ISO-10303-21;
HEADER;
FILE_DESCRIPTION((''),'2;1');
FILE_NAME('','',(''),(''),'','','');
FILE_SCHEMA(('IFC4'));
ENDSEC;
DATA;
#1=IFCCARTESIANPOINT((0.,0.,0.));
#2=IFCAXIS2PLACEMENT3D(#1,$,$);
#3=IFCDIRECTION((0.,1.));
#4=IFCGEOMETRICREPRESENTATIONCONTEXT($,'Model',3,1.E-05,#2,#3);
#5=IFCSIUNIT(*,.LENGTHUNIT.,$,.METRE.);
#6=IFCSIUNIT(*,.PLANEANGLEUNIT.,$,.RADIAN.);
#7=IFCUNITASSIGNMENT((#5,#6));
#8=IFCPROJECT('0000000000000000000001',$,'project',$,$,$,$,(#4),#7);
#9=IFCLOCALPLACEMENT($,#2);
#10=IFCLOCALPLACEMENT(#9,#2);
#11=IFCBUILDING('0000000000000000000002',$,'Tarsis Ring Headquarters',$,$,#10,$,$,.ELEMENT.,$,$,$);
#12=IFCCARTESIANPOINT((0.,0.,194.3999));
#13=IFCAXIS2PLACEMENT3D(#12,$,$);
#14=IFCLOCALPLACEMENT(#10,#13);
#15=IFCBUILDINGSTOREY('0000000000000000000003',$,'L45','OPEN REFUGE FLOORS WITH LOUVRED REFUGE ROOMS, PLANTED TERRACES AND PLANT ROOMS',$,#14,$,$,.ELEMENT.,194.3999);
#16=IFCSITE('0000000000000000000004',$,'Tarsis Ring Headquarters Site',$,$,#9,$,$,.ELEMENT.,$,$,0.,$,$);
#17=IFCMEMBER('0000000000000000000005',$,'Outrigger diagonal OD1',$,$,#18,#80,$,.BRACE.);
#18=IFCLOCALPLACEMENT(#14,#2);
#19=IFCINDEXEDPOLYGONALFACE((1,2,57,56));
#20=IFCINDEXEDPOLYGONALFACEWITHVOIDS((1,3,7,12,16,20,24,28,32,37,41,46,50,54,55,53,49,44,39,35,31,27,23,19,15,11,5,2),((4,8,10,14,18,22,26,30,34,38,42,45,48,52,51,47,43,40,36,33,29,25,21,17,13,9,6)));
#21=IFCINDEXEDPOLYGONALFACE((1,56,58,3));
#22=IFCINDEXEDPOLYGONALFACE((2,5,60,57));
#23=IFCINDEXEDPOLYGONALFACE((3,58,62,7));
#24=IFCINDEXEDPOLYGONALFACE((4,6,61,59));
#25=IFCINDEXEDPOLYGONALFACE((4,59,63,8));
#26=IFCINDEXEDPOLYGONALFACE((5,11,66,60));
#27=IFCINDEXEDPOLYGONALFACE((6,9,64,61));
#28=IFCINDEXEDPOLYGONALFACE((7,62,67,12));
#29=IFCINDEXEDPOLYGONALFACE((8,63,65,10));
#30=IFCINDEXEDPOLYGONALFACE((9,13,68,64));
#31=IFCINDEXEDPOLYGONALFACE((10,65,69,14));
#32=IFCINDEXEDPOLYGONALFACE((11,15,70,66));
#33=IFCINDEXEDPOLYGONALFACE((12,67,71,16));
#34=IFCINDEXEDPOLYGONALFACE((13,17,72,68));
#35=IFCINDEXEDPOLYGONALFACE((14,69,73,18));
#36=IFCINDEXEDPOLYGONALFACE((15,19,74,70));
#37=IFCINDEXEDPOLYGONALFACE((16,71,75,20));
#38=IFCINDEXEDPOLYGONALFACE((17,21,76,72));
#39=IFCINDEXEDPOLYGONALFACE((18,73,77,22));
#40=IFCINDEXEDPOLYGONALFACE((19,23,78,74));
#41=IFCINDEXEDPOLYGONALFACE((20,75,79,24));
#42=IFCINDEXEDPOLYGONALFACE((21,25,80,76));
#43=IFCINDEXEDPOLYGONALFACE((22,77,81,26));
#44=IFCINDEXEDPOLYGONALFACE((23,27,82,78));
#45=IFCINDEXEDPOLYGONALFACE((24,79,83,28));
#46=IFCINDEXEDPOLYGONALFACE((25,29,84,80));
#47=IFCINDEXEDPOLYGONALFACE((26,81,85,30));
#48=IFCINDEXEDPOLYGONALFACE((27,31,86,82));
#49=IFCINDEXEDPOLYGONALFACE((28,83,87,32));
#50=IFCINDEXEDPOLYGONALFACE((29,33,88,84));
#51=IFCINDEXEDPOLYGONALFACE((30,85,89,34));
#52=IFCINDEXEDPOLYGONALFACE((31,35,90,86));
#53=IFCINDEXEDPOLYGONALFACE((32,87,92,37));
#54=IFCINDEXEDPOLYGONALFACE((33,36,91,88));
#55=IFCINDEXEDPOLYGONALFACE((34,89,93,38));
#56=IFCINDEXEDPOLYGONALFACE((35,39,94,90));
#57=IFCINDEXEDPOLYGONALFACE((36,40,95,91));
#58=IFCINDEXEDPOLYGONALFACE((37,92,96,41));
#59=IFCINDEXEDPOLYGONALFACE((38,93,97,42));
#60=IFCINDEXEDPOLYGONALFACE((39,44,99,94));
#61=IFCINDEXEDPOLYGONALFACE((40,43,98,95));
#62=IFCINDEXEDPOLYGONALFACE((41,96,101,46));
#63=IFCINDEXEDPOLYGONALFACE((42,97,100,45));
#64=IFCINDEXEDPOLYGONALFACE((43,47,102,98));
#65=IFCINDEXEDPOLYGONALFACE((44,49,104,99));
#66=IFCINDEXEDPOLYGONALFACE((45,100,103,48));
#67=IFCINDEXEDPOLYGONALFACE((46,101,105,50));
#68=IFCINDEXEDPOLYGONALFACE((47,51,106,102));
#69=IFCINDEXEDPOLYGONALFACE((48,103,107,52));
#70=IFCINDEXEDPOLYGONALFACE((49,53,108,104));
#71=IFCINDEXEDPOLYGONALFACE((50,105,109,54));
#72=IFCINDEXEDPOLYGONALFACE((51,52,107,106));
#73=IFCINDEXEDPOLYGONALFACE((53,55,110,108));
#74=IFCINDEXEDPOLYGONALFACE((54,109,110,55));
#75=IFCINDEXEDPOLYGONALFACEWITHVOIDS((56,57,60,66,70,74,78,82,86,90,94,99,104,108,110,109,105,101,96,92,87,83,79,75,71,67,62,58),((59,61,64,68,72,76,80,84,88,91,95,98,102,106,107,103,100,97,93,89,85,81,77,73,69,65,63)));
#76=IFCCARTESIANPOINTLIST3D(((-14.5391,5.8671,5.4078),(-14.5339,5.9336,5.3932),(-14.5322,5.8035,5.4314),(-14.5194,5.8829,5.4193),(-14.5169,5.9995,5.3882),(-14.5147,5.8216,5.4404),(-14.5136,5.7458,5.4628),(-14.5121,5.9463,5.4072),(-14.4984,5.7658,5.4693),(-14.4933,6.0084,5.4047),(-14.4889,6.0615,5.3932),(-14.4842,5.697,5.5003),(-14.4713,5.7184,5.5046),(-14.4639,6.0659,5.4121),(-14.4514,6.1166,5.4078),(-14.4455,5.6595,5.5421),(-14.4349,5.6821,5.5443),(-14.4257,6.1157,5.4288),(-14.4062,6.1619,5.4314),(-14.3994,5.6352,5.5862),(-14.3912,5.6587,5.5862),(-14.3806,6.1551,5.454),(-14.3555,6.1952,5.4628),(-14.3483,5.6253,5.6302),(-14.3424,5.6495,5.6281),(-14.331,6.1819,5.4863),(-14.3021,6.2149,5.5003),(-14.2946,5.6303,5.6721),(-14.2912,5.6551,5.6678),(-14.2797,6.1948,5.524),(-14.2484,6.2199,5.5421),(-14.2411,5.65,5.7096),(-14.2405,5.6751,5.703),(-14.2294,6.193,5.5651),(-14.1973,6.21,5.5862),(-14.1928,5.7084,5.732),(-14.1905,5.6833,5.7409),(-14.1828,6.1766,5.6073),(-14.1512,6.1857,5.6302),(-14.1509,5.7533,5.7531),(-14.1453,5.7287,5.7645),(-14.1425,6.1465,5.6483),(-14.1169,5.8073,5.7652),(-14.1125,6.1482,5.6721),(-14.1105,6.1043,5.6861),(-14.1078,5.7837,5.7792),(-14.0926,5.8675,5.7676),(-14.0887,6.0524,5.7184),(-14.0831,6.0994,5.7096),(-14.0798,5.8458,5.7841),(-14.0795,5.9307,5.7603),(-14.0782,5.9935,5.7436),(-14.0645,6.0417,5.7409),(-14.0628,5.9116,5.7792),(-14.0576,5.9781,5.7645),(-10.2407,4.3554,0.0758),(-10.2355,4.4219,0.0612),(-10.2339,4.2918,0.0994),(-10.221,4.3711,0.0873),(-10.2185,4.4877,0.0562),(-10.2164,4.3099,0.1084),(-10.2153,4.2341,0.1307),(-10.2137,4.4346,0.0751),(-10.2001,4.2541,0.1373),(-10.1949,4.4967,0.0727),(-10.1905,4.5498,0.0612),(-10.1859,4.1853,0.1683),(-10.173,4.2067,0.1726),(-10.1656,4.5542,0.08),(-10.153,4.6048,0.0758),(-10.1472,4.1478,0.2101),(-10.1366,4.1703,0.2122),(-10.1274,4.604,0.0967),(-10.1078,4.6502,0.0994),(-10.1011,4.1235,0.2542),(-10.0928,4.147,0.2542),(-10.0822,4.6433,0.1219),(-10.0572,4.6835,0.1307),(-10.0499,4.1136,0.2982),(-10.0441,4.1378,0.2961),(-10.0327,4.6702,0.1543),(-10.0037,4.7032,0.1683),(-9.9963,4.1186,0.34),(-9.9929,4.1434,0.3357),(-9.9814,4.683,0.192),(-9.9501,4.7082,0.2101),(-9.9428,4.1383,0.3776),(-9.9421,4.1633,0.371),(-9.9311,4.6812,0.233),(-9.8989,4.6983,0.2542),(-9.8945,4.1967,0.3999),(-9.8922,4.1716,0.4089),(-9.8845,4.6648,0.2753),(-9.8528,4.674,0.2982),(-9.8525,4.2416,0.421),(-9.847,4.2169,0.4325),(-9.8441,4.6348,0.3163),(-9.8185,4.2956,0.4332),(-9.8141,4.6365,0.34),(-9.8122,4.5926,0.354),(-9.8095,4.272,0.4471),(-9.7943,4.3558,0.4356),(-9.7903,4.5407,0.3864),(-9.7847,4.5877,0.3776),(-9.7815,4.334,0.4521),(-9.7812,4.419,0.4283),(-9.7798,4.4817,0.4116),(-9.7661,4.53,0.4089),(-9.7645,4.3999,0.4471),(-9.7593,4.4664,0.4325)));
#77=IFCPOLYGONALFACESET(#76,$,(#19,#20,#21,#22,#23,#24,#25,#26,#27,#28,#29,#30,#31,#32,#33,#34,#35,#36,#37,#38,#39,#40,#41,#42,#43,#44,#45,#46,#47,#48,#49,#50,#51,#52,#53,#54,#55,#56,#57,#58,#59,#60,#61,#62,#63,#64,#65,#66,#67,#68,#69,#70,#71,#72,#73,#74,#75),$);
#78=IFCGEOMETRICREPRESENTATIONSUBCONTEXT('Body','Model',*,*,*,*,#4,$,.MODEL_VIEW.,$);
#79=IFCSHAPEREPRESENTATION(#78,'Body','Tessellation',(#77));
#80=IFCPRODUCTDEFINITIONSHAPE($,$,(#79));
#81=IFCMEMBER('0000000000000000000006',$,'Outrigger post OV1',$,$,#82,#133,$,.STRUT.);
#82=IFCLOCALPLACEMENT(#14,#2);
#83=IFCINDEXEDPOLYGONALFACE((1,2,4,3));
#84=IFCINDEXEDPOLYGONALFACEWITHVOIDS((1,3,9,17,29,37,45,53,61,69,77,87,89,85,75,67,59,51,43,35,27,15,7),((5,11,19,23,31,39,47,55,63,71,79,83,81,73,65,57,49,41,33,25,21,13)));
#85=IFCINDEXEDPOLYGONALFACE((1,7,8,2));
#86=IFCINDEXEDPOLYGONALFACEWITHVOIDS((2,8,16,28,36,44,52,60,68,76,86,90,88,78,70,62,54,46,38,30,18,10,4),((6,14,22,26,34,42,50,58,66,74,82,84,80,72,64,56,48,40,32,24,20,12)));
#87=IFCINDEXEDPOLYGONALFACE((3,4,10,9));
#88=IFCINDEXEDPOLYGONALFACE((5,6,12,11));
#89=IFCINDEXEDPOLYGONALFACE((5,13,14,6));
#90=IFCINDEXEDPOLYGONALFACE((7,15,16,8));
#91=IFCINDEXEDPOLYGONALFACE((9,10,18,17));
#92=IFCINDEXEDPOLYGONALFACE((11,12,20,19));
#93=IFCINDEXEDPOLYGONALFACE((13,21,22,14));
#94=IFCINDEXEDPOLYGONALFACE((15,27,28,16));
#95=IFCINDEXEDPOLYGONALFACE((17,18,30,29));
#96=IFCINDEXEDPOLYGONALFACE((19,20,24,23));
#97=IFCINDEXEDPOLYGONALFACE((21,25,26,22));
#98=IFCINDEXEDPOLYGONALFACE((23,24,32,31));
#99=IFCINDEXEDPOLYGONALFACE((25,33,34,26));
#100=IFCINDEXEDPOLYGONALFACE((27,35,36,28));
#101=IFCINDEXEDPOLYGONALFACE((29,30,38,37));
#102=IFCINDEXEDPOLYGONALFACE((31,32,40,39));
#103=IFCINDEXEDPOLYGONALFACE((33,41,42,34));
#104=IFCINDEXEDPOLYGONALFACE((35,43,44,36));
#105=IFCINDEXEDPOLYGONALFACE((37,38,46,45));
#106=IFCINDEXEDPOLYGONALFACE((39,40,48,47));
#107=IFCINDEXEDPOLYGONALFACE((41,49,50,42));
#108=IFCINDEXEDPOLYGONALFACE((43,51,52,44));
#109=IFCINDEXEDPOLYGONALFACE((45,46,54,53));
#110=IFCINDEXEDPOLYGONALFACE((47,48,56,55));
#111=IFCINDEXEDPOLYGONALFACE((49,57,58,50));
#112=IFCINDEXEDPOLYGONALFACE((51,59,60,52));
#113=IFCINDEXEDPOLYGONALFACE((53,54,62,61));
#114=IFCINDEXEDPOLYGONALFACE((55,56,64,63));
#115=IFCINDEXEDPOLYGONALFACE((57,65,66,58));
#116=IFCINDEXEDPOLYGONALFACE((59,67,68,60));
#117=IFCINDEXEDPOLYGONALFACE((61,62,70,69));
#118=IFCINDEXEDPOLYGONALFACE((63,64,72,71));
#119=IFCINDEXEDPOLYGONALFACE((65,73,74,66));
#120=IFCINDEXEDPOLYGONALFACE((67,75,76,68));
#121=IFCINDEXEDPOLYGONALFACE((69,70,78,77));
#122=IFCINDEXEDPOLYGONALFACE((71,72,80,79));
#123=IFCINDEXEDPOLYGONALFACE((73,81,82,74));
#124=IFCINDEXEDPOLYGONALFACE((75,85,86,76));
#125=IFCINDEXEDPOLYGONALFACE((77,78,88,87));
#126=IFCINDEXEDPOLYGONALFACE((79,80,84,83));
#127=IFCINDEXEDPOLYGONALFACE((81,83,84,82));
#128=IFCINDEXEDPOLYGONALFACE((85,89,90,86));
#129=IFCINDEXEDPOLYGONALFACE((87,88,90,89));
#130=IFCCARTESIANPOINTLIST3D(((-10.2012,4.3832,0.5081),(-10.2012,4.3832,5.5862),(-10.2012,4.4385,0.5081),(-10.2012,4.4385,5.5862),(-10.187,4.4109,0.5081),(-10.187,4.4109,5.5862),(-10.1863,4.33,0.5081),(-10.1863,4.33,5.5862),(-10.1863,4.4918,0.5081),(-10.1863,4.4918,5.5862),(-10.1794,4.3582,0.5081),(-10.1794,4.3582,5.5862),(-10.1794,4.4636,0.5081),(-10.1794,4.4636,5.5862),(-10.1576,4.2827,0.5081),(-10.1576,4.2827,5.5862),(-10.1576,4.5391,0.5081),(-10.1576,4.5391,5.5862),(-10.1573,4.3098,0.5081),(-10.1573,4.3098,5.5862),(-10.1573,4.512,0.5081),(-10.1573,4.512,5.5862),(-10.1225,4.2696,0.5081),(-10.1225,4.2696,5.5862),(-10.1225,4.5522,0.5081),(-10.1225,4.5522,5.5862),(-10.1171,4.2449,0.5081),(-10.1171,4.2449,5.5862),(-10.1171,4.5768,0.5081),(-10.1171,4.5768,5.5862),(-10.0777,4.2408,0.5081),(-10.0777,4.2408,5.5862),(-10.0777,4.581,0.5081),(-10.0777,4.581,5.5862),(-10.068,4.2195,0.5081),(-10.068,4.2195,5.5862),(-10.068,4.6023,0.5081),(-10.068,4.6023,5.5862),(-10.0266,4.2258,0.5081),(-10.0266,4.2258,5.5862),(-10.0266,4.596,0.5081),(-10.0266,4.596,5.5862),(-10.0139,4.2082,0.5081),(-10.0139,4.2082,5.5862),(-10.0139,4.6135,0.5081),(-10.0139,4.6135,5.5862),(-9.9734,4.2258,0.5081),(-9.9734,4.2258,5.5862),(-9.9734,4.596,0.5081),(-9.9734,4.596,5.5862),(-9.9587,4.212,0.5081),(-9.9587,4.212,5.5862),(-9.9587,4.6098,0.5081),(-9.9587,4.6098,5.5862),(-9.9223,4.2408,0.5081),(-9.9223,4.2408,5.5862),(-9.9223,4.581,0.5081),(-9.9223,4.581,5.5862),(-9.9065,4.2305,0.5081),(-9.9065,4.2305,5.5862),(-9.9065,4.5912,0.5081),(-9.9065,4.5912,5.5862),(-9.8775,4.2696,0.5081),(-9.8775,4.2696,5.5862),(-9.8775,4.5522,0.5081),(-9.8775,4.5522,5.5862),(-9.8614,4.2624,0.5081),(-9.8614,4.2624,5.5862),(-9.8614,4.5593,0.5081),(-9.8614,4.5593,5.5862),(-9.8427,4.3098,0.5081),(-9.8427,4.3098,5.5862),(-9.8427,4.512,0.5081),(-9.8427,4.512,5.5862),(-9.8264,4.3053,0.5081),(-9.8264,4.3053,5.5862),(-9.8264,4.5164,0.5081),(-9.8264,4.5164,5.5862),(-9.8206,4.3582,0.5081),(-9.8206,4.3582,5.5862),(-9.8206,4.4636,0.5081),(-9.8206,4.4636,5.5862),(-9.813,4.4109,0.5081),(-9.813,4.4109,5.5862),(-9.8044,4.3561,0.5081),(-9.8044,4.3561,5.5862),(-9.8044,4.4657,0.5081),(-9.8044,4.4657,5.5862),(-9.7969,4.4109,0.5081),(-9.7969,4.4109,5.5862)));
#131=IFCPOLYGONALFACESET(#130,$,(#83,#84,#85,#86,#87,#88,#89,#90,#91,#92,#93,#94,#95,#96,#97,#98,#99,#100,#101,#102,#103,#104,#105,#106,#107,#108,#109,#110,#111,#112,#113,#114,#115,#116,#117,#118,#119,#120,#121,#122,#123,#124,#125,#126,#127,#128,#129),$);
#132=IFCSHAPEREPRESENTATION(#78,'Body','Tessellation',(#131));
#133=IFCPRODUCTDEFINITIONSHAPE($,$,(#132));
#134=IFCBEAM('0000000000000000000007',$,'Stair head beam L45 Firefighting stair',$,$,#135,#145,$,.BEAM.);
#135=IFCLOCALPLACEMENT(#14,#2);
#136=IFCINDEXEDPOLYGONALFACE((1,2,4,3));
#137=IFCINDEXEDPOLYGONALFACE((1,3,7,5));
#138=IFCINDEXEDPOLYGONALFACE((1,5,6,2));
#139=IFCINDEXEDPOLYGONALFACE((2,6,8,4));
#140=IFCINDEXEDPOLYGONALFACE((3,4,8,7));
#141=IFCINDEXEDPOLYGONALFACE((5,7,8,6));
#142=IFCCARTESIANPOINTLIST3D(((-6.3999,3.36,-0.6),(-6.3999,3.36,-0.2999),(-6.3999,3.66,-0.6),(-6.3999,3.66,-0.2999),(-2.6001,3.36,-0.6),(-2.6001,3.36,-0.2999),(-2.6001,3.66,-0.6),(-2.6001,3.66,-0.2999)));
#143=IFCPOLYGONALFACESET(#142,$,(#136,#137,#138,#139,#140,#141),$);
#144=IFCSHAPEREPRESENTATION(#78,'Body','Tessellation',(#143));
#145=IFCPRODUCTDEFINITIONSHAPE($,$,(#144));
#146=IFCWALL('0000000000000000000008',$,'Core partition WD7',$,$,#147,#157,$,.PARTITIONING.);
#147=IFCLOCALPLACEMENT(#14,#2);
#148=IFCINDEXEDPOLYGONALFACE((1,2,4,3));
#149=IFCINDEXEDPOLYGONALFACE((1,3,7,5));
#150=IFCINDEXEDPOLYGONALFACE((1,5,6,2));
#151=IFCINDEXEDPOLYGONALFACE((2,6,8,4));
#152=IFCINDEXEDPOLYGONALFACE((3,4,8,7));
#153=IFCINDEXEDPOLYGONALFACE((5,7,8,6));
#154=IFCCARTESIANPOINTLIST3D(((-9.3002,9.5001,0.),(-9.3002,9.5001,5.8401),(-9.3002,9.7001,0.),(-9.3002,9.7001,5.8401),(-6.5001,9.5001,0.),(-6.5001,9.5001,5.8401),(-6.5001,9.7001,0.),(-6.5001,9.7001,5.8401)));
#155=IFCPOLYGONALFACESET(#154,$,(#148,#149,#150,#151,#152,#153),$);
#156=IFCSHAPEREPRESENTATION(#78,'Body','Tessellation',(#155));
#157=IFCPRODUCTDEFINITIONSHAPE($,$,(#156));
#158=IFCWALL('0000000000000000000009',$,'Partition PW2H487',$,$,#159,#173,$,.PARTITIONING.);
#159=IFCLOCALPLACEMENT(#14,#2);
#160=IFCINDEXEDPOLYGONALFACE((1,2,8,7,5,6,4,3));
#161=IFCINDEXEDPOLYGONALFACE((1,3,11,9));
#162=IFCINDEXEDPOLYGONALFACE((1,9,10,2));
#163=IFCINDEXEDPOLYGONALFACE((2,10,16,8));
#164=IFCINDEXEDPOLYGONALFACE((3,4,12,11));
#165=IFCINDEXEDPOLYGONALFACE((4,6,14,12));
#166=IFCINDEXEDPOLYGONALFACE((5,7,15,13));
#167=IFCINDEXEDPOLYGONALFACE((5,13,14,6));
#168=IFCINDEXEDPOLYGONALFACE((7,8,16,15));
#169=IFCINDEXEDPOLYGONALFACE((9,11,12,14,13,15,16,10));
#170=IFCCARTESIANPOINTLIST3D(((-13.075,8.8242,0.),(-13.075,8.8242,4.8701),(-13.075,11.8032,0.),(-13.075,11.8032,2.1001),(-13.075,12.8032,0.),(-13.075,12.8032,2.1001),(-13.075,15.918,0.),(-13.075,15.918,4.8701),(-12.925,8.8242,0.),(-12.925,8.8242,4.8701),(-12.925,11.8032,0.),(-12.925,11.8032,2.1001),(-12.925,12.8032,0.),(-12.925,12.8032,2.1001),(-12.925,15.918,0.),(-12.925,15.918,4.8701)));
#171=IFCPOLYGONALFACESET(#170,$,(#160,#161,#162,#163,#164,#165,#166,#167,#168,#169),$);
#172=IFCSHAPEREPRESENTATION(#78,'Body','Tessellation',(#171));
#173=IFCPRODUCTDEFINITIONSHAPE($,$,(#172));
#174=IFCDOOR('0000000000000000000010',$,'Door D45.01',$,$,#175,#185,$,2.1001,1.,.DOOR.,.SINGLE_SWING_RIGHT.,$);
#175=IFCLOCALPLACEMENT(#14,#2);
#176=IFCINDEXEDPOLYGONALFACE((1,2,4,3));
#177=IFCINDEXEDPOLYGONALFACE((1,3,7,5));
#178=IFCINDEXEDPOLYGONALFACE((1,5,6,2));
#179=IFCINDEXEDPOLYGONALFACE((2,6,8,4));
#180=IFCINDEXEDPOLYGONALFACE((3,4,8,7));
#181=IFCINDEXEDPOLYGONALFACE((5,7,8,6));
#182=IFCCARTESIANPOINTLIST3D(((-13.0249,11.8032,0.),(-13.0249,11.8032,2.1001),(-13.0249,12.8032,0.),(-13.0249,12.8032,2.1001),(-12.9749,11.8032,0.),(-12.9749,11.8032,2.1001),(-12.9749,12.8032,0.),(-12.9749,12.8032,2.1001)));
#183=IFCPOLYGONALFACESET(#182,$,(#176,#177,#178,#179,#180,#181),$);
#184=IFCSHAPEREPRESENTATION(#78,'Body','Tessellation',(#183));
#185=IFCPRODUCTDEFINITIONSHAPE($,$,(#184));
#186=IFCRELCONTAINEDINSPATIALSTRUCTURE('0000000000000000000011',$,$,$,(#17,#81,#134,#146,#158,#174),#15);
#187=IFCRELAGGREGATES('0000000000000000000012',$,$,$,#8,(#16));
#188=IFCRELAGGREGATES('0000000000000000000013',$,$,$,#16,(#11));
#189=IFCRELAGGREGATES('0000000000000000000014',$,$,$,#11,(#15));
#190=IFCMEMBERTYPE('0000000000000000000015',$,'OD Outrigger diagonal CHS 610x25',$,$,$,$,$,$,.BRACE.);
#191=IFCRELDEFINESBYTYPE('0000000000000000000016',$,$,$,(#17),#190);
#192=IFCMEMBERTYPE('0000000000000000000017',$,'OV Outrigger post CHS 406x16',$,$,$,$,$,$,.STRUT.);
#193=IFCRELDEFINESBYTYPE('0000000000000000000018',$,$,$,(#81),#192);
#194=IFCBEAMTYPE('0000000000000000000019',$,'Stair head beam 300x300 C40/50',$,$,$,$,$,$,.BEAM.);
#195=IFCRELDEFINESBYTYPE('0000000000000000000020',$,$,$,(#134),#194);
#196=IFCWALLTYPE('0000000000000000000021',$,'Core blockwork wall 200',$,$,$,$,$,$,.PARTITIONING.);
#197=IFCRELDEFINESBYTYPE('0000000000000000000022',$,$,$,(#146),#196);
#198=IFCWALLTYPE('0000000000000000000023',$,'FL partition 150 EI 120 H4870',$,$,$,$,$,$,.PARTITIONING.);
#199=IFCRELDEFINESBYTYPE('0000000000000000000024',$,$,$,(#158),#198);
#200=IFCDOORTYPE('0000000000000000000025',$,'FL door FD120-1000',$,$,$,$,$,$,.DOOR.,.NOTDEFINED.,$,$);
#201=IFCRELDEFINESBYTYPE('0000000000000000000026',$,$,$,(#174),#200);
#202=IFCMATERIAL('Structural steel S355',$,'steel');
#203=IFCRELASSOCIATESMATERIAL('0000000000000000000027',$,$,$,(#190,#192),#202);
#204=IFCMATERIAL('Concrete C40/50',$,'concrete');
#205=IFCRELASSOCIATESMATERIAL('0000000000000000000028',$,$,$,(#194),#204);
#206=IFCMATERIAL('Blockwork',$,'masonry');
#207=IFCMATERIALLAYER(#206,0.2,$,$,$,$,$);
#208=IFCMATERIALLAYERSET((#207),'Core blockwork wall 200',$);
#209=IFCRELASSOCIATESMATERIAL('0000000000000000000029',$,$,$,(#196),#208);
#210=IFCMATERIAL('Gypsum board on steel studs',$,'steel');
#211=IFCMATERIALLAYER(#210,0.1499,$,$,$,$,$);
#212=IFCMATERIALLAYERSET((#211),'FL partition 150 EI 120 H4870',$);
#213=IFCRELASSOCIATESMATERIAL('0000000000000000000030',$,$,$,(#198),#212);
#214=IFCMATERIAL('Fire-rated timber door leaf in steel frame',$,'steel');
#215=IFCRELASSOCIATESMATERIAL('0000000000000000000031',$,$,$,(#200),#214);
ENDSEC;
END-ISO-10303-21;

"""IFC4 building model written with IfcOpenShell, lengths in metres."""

from ifc_helpers import new_model, si_unit, direction, frame, frame_2d, origin, origin_2d, place, context, subcontext, project, spatial, rectangle, hollow_circle, extrude, material, layer, layer_set, material_profile, profile_set, type_object, element, fill, save


model = new_model("IFC4")

# Units and contexts
model_context = context("Model", 3, precision=1e-05, world=origin(), true_north=direction((0.0, 1.0)))
body_context = subcontext(model_context, "Body", "Model", "MODEL_VIEW")
ifc_project = project(units=[si_unit("LENGTHUNIT", "METRE"), si_unit("PLANEANGLEUNIT", "RADIAN")], contexts=[model_context])

# Site, building, storey
site_placement = place(None, origin())
site = spatial("IfcSite", under=ifc_project, at=site_placement, Name="Tarsis Ring Headquarters Site", CompositionType="ELEMENT", RefElevation=0.0)
building_placement = place(site_placement, origin())
building = spatial("IfcBuilding", under=site, at=building_placement, Name="Tarsis Ring Headquarters", CompositionType="ELEMENT")
storey_placement = place(building_placement, frame((0.0, 0.0, 194.3999)))
storey = spatial("IfcBuildingStorey", under=building, at=storey_placement, Name="L45", Description="OPEN REFUGE FLOORS WITH LOUVRED REFUGE ROOMS, PLANTED TERRACES AND PLANT ROOMS", CompositionType="ELEMENT", Elevation=194.3999)

# Shared definitions
ifc_material_1 = material(Name="Structural steel S355", Category="steel")

# Members
ifc_material_profile_1 = material_profile(ifc_material_1, hollow_circle(Radius=0.3047, WallThickness=0.0249, at=origin_2d()), Name="CHS 610x25")
ifc_profile_set_1 = profile_set([ifc_material_profile_1], Name="Structural steel S355")
member_type_1 = type_object("IfcMemberType", Name="OD Outrigger diagonal CHS 610x25", PredefinedType="BRACE", material=ifc_profile_set_1)
member_1_placement = place(storey_placement, frame((-10.0, 4.4109, 0.2542), z_axis=(-0.612852, 0.215539, 0.760234), x_axis=(-0.331777, -0.943358, 0.0)))
element("IfcMember", 1, at=member_1_placement, inside=storey, type_object=member_type_1, Name="Outrigger diagonal OD1", PredefinedType="BRACE", context=body_context, shape_type="SweptSolid", body=[
    extrude(hollow_circle(Radius=0.3047, WallThickness=0.0249, at=origin_2d()), origin(), (0.0, 0.0, 1.0), 7.0137),
])
ifc_material_profile_2 = material_profile(ifc_material_1, hollow_circle(Radius=0.2031, WallThickness=0.0161, at=origin_2d()), Name="CHS 406x16")
ifc_profile_set_2 = profile_set([ifc_material_profile_2], Name="Structural steel S355")
member_type_2 = type_object("IfcMemberType", Name="OV Outrigger post CHS 406x16", PredefinedType="STRUT", material=ifc_profile_set_2)
member_2_placement = place(storey_placement, frame((-10.0, 4.4109, 0.5081), z_axis=(0.0, 0.0, 1.0), x_axis=(1.0, 0.0, 0.0)))
element("IfcMember", 2, at=member_2_placement, inside=storey, type_object=member_type_2, Name="Outrigger post OV1", PredefinedType="STRUT", context=body_context, shape_type="SweptSolid", body=[
    extrude(hollow_circle(Radius=0.2031, WallThickness=0.0161, at=origin_2d()), origin(), (0.0, 0.0, 1.0), 5.0781),
])

# Beam
ifc_material_2 = material(Name="Concrete C40/50", Category="concrete")
ifc_material_profile_3 = material_profile(ifc_material_2, rectangle(XDim=0.3, YDim=0.3, at=origin_2d()), Name="Stair head beam 300x300 C40/50")
ifc_profile_set_3 = profile_set([ifc_material_profile_3], Name="Concrete C40/50")
beam_type_1 = type_object("IfcBeamType", Name="Stair head beam 300x300 C40/50", PredefinedType="BEAM", material=ifc_profile_set_3)
beam_1_placement = place(storey_placement, frame((-6.3999, 3.51, -0.45), z_axis=(1.0, 0.0, 0.0), x_axis=(0.0, 1.0, 0.0)))
element("IfcBeam", 3, at=beam_1_placement, inside=storey, type_object=beam_type_1, Name="Stair head beam L45 Firefighting stair", PredefinedType="BEAM", context=body_context, shape_type="SweptSolid", body=[
    extrude(rectangle(XDim=0.3, YDim=0.3, at=origin_2d()), origin(), (0.0, 0.0, 1.0), 3.7998),
])

# Wall
ifc_material_3 = material(Name="Blockwork", Category="masonry")
ifc_layer_1 = layer(ifc_material_3, 0.2)
ifc_layer_set_1 = layer_set([ifc_layer_1], Name="Core blockwork wall 200")
wall_type_1 = type_object("IfcWallType", Name="Core blockwork wall 200", PredefinedType="PARTITIONING", material=ifc_layer_set_1)
wall_1_placement = place(storey_placement, frame((-9.3, 9.6001, 0.0), z_axis=(0.0, 0.0, 1.0), x_axis=(1.0, 0.0, 0.0)))
element("IfcWall", 4, at=wall_1_placement, inside=storey, type_object=wall_type_1, Name="Core partition WD7", PredefinedType="PARTITIONING", context=body_context, shape_type="SweptSolid", body=[
    extrude(rectangle(XDim=2.8, YDim=0.2, at=frame_2d((1.3999, 0.0))), origin(), (0.0, 0.0, 1.0), 5.8401),
])

# Wall, opening, door
ifc_material_4 = material(Name="Gypsum board on steel studs", Category="steel")
ifc_layer_2 = layer(ifc_material_4, 0.1499)
ifc_layer_set_2 = layer_set([ifc_layer_2], Name="FL partition 150 EI 120 H4870")
wall_type_2 = type_object("IfcWallType", Name="FL partition 150 EI 120 H4870", PredefinedType="PARTITIONING", material=ifc_layer_set_2)
wall_2_placement = place(storey_placement, frame((-13.0, 8.8242, 0.0), z_axis=(0.0, 0.0, 1.0), x_axis=(0.0, 1.0, 0.0)))
wall_2 = element("IfcWall", 5, at=wall_2_placement, inside=storey, type_object=wall_type_2, Name="Partition PW2H487", PredefinedType="PARTITIONING", context=body_context, shape_type="SweptSolid", body=[
    extrude(rectangle(XDim=7.0938, YDim=0.1499, at=frame_2d((3.5469, 0.0))), origin(), (0.0, 0.0, 1.0), 4.8701),
])
opening_1_placement = place(wall_2_placement, frame((2.979, 0.0, 0.0)))
opening_1 = element("IfcOpeningElement", 6, at=opening_1_placement, cuts=wall_2, PredefinedType="OPENING", context=body_context, shape_type="SweptSolid", body=[
    extrude(rectangle(XDim=1.0, YDim=2.1001, at=frame_2d((0.5, 1.05))), frame((0.0, 0.085, 0.0), z_axis=(0.0, -1.0, 0.0), x_axis=(1.0, 0.0, 0.0)), (0.0, 0.0, 1.0), 0.1699),
])
ifc_material_5 = material(Name="Fire-rated timber door leaf in steel frame", Category="steel")
door_type_1 = type_object("IfcDoorType", Name="FL door FD120-1000", OperationType="NOTDEFINED", PredefinedType="DOOR", material=ifc_material_5)
door_1_placement = place(opening_1_placement, origin())
door_1 = element("IfcDoor", 7, at=door_1_placement, inside=storey, type_object=door_type_1, Name="Door D45.01", OperationType="SINGLE_SWING_RIGHT", OverallHeight=2.1001, OverallWidth=1.0, PredefinedType="DOOR", context=body_context, shape_type="SweptSolid", body=[
    extrude(rectangle(XDim=1.0, YDim=2.1001, at=frame_2d((0.5, 1.05))), frame((0.0, 0.0249, 0.0), z_axis=(0.0, -1.0, 0.0), x_axis=(1.0, 0.0, 0.0)), (0.0, 0.0, 1.0), 0.05),
])
fill(opening_1, door_1)

save(model, "model.ifc")
